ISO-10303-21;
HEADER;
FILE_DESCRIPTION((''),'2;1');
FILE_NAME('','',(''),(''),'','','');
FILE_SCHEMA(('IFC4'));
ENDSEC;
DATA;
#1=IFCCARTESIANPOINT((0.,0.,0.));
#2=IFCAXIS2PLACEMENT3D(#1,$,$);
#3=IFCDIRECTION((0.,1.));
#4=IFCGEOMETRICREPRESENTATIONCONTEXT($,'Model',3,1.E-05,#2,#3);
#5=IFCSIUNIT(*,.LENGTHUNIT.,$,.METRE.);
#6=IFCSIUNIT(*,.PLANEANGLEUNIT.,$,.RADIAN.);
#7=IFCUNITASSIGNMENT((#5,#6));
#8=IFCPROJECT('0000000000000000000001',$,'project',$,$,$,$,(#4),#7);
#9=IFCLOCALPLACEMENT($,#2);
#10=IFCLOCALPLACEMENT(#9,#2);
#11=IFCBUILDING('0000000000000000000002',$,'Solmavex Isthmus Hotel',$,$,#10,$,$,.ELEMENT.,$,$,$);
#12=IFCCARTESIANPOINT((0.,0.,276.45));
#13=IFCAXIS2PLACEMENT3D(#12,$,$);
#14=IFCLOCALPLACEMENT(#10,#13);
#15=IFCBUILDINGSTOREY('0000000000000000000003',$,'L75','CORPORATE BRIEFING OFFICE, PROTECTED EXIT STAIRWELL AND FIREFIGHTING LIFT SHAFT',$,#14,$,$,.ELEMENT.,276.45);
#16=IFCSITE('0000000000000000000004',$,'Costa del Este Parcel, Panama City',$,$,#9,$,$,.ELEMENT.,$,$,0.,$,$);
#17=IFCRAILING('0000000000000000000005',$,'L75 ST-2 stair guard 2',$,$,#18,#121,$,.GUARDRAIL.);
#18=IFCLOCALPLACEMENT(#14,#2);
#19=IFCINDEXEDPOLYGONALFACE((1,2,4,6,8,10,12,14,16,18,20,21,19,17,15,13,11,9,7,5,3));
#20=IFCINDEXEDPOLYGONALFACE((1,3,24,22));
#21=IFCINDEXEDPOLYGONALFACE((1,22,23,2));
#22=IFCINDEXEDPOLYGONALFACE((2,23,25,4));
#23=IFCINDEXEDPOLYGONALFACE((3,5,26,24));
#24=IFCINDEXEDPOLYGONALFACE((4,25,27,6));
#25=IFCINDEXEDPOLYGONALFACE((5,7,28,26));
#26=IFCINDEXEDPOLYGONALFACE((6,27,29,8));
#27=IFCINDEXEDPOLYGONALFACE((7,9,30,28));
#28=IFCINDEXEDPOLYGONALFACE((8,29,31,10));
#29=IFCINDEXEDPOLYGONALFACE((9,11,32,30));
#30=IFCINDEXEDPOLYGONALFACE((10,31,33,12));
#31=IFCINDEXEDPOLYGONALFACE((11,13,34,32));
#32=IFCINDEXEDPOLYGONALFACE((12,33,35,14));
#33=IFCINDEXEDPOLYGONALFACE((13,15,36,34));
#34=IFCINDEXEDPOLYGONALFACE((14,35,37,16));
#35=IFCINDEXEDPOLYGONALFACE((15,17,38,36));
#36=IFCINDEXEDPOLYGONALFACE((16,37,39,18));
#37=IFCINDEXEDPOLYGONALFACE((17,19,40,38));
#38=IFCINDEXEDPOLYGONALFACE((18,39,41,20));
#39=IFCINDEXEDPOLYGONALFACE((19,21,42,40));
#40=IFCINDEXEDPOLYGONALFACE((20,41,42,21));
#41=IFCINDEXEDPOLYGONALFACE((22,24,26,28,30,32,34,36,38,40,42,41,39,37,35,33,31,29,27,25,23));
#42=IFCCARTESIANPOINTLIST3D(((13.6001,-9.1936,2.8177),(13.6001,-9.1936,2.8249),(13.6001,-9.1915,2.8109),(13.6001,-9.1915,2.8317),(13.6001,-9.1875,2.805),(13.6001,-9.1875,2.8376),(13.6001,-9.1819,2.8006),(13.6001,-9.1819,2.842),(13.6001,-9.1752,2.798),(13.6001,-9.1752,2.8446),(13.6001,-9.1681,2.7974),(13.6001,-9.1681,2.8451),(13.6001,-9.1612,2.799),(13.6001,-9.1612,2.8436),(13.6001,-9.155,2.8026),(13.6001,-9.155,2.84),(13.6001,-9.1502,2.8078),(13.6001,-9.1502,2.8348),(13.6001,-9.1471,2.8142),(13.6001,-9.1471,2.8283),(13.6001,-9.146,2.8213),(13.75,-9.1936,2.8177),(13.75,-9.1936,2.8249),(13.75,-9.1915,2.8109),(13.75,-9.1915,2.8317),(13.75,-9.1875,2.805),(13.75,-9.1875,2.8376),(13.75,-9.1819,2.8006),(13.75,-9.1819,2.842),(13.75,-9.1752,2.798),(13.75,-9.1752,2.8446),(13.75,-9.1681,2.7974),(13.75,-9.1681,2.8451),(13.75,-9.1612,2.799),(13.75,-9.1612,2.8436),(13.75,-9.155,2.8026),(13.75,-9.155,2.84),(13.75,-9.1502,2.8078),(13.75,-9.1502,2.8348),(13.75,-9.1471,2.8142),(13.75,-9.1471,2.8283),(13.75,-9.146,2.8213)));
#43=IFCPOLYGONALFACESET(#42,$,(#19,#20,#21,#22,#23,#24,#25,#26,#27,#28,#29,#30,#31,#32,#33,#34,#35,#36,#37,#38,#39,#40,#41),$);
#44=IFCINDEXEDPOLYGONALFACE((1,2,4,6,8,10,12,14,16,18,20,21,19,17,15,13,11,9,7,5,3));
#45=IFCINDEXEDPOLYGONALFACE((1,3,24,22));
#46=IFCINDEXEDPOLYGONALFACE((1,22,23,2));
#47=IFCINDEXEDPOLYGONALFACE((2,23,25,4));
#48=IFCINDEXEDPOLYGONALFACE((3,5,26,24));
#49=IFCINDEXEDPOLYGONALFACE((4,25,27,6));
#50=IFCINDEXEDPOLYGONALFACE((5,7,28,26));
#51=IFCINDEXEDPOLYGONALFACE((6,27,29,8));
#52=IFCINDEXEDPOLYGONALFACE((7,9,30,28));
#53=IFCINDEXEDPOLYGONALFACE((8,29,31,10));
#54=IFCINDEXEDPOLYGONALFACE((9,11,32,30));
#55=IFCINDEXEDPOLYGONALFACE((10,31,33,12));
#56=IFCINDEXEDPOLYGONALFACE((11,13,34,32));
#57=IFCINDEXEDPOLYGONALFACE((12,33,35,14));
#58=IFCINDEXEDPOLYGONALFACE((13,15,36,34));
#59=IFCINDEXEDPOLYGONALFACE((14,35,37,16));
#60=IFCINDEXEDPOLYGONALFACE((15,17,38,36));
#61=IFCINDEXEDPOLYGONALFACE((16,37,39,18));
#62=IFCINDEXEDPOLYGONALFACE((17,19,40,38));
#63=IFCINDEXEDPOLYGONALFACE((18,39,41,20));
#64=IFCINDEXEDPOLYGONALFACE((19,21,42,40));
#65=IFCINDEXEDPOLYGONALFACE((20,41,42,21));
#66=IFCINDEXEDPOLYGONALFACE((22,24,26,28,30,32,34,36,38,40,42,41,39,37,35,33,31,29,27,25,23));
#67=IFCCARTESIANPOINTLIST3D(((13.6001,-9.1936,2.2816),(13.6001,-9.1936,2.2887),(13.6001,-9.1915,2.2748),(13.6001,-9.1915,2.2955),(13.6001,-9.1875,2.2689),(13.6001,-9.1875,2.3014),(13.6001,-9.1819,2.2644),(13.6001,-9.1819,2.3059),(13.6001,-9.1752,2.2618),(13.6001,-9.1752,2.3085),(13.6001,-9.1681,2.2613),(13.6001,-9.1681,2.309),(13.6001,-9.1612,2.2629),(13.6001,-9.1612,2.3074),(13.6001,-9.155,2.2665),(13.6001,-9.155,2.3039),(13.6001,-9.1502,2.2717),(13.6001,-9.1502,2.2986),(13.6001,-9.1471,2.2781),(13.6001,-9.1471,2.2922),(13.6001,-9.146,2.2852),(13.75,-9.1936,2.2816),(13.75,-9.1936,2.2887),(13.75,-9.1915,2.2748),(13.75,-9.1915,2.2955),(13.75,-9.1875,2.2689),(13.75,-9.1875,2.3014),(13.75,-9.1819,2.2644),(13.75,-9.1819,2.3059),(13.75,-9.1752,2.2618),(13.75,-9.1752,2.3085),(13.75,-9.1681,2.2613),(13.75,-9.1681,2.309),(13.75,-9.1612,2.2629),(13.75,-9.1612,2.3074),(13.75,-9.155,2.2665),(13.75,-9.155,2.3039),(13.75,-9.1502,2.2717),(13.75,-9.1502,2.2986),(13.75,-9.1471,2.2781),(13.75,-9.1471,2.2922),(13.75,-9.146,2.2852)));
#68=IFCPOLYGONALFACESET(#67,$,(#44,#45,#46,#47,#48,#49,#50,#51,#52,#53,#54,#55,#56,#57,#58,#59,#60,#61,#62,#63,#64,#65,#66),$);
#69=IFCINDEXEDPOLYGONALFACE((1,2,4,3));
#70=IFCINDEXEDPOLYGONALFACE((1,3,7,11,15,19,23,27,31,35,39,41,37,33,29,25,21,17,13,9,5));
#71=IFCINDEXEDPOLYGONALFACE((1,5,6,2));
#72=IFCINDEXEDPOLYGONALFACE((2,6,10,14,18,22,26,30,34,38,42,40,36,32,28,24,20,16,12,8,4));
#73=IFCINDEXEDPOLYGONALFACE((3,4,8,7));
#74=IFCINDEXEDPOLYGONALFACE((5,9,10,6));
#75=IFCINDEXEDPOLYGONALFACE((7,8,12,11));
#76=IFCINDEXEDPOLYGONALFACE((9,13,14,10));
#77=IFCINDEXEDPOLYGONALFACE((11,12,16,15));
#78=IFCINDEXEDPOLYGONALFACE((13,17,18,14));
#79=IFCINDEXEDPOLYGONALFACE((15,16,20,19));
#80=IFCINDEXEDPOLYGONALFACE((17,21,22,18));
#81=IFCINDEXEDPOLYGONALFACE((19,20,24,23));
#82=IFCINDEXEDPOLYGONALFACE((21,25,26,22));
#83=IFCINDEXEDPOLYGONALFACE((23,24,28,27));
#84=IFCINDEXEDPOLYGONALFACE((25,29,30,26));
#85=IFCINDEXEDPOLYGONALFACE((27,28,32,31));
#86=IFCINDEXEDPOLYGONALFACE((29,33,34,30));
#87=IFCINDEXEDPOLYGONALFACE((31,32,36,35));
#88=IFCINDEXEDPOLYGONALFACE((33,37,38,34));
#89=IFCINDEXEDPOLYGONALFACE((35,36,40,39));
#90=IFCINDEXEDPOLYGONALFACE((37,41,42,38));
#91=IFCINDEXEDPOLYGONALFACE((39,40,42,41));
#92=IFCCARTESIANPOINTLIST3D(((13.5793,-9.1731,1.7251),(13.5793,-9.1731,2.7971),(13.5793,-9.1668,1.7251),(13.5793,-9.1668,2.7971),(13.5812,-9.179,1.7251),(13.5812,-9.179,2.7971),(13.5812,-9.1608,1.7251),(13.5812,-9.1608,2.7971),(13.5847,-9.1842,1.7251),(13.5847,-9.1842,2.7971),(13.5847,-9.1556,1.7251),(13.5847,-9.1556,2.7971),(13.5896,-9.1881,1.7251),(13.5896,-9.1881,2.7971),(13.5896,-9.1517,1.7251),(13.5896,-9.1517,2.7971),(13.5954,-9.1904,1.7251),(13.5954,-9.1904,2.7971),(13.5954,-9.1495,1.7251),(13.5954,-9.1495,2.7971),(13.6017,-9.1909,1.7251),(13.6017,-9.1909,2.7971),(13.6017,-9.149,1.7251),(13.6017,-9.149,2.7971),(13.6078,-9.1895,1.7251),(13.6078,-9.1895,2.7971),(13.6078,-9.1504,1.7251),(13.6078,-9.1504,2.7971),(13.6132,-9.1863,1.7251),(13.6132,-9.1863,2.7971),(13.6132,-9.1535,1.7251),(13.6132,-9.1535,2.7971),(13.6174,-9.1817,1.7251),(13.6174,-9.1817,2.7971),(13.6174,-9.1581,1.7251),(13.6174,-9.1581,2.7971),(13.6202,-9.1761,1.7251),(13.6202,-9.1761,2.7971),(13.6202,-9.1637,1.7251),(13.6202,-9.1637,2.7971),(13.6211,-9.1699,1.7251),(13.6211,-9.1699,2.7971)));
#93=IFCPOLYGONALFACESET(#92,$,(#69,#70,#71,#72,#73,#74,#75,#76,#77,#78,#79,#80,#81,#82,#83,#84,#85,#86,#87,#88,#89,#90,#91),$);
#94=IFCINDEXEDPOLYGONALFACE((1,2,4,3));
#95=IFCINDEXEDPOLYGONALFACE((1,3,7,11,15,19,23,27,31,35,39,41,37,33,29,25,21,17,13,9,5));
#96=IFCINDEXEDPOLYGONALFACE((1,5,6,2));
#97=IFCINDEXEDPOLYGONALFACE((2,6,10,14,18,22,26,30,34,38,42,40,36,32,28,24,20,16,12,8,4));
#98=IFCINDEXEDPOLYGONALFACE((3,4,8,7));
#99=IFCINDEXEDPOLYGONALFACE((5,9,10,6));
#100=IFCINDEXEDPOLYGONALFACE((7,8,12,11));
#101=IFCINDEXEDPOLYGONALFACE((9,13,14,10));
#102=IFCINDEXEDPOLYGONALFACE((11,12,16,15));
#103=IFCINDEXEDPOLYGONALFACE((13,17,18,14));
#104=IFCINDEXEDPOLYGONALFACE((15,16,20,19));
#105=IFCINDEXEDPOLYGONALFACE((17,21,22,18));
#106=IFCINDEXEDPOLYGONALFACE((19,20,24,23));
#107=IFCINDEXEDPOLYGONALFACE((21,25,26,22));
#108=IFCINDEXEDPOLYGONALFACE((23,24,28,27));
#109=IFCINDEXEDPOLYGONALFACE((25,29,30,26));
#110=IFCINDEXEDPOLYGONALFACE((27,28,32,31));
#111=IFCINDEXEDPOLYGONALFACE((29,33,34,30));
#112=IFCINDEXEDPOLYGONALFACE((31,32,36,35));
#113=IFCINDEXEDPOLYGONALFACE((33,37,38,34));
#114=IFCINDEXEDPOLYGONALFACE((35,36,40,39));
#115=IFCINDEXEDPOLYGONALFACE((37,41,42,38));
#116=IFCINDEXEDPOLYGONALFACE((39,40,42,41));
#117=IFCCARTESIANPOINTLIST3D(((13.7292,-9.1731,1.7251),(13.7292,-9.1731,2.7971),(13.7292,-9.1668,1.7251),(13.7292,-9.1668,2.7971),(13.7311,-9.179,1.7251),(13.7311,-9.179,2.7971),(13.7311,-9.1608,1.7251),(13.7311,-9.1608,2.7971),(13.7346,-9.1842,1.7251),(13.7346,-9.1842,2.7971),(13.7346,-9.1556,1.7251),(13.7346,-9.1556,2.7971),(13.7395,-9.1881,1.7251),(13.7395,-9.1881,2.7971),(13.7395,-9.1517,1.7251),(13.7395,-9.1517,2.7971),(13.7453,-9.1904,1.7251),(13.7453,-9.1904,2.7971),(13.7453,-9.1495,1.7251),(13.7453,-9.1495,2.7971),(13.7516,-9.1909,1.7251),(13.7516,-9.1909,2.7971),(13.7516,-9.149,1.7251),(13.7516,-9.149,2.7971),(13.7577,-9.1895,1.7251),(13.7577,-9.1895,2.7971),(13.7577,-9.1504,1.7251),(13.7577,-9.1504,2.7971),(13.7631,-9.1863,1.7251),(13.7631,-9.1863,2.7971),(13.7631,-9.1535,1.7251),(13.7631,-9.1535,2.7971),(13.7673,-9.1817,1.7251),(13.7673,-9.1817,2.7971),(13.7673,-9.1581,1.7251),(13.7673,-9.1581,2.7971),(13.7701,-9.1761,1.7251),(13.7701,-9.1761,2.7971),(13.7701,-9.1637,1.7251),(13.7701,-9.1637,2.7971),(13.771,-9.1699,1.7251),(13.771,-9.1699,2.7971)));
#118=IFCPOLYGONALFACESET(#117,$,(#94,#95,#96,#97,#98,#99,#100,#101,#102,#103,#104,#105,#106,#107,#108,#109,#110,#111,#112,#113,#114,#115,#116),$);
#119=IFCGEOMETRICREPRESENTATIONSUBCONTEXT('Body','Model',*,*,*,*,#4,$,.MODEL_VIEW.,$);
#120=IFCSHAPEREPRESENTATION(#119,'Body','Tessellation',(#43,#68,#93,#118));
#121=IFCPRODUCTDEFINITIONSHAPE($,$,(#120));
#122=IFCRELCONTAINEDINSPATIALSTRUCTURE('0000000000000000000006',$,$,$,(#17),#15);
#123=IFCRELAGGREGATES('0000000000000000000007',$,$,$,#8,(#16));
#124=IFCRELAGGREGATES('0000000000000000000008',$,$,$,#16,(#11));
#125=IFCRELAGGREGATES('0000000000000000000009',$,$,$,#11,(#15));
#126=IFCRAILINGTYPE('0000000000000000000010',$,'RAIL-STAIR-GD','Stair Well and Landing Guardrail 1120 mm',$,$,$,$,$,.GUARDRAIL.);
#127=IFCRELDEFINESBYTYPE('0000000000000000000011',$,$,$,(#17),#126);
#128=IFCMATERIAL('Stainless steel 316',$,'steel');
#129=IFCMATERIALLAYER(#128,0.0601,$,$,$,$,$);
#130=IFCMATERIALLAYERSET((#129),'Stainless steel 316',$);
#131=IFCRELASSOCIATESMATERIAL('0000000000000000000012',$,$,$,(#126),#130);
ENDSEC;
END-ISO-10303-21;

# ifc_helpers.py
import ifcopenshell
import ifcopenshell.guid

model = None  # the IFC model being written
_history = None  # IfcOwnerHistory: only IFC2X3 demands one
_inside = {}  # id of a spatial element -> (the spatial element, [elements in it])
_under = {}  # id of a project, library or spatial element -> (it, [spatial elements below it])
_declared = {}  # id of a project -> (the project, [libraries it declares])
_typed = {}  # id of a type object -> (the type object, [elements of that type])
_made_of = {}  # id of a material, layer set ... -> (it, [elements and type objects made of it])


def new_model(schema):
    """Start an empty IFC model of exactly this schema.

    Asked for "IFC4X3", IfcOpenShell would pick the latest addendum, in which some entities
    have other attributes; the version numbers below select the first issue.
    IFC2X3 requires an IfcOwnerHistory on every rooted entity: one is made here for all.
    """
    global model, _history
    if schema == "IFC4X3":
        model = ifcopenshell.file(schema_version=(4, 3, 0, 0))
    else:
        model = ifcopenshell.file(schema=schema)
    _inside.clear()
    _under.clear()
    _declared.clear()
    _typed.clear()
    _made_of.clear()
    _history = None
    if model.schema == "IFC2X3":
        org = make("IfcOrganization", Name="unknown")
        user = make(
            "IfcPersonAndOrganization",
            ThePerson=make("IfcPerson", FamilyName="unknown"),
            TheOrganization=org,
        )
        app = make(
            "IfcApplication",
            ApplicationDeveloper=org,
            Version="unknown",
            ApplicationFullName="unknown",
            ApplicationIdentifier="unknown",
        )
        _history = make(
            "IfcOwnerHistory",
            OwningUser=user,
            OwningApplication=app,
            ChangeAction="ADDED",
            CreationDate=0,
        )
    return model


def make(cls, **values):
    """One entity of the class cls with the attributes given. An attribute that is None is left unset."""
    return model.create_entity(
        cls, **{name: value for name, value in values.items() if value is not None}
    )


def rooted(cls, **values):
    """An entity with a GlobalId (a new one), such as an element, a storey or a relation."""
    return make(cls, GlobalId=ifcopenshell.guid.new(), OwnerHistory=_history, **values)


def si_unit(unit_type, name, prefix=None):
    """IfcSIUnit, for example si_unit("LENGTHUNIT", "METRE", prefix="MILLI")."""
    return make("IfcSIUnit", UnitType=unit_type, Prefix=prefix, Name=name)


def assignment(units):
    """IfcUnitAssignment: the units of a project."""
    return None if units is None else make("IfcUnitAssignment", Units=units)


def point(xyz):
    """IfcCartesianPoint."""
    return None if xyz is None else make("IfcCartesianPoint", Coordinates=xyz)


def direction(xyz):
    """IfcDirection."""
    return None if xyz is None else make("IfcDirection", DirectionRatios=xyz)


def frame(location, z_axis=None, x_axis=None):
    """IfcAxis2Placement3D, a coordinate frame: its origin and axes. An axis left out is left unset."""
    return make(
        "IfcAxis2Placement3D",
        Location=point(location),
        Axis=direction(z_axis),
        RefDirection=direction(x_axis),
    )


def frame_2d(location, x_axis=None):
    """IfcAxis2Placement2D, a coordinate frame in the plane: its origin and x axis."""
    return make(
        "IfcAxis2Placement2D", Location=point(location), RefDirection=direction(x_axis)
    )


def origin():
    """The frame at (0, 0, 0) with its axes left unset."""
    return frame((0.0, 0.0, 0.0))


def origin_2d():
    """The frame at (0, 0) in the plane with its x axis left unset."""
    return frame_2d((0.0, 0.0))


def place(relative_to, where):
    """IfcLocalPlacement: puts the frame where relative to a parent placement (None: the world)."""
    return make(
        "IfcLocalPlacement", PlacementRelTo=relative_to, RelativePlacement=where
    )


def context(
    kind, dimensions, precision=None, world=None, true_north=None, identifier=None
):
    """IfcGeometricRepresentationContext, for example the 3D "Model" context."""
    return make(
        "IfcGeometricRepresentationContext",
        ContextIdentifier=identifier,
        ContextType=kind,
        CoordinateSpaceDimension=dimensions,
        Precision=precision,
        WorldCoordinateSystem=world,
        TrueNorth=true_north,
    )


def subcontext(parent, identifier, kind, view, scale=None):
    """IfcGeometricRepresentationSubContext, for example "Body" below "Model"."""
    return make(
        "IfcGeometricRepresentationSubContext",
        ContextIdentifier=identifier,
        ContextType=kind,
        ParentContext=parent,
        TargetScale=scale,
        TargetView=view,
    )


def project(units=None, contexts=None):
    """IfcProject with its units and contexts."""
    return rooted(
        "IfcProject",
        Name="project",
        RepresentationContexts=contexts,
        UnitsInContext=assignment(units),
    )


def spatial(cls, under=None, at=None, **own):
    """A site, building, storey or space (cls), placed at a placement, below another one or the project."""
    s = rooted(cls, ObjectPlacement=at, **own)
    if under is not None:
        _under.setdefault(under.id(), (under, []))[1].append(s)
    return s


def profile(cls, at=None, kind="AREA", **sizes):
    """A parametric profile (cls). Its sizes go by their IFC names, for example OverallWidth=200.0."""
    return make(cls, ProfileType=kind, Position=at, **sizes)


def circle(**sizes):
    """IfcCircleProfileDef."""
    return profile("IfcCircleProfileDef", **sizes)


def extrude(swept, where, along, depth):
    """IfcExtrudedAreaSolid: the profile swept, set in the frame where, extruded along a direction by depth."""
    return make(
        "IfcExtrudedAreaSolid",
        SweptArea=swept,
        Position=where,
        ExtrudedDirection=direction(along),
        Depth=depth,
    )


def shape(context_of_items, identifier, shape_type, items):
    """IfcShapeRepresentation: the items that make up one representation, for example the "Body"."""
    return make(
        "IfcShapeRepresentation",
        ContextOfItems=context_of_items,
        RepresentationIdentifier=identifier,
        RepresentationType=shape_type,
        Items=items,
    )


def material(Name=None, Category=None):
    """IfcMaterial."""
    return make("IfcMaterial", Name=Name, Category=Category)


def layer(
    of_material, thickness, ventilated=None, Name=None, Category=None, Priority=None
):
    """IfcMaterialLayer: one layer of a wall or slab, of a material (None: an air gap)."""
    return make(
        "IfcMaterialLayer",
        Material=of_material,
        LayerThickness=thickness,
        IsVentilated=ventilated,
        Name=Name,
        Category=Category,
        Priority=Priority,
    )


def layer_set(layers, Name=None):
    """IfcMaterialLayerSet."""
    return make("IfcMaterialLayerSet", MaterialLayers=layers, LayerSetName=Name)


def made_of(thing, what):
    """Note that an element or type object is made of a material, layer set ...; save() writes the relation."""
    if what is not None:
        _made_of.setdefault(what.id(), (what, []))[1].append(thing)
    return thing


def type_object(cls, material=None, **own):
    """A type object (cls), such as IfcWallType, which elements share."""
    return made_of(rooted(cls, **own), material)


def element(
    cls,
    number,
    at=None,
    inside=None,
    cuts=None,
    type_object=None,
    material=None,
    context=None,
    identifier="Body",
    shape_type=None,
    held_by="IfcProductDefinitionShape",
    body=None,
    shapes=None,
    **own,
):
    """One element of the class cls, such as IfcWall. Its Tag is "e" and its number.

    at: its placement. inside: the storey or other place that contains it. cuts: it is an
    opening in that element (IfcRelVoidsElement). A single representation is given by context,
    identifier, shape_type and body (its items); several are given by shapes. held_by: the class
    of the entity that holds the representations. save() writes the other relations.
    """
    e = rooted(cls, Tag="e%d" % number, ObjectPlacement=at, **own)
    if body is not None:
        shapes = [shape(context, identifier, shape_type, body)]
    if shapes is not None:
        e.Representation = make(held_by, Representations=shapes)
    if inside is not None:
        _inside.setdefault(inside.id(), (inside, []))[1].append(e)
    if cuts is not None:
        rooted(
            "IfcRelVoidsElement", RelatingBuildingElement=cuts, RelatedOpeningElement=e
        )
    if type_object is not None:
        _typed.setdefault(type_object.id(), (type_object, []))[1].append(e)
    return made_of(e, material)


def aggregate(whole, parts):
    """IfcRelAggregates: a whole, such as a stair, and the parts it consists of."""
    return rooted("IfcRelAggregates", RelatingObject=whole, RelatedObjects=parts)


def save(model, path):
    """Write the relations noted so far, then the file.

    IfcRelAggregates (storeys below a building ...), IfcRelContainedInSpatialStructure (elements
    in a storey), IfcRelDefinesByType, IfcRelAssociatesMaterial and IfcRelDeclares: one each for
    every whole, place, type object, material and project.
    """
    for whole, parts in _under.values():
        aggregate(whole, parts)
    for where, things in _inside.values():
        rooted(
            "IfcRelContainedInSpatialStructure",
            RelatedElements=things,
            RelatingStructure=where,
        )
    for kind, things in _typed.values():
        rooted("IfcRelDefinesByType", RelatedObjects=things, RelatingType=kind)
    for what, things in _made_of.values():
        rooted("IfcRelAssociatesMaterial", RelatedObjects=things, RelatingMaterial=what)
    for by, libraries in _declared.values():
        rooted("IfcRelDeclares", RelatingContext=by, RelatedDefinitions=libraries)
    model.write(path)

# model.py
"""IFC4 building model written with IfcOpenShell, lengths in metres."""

from ifc_helpers import new_model, si_unit, direction, frame, origin, origin_2d, place, context, subcontext, project, spatial, circle, extrude, material, layer, layer_set, type_object, element, save


model = new_model("IFC4")

# Units and contexts
model_context = context("Model", 3, precision=1e-05, world=origin(), true_north=direction((0.0, 1.0)))
body_context = subcontext(model_context, "Body", "Model", "MODEL_VIEW")
ifc_project = project(units=[si_unit("LENGTHUNIT", "METRE"), si_unit("PLANEANGLEUNIT", "RADIAN")], contexts=[model_context])

# Site, building, storey
site_placement = place(None, origin())
site = spatial("IfcSite", under=ifc_project, at=site_placement, Name="Costa del Este Parcel, Panama City", CompositionType="ELEMENT", RefElevation=0.0)
building_placement = place(site_placement, origin())
building = spatial("IfcBuilding", under=site, at=building_placement, Name="Solmavex Isthmus Hotel", CompositionType="ELEMENT")
storey_placement = place(building_placement, frame((0.0, 0.0, 276.45)))
storey = spatial("IfcBuildingStorey", under=building, at=storey_placement, Name="L75", Description="CORPORATE BRIEFING OFFICE, PROTECTED EXIT STAIRWELL AND FIREFIGHTING LIFT SHAFT", CompositionType="ELEMENT", Elevation=276.45)

# Shared definitions
ifc_material_1 = material(Name="Stainless steel 316", Category="steel")

# Railing
ifc_layer_1 = layer(ifc_material_1, 0.0601)
ifc_layer_set_1 = layer_set([ifc_layer_1], Name="Stainless steel 316")
railing_type_1 = type_object("IfcRailingType", Name="RAIL-STAIR-GD", Description="Stair Well and Landing Guardrail 1120 mm", PredefinedType="GUARDRAIL", material=ifc_layer_set_1)
railing_1_placement = place(storey_placement, frame((13.6001, -9.1699, 1.7251)))
element("IfcRailing", 1, at=railing_1_placement, inside=storey, type_object=railing_type_1, Name="L75 ST-2 stair guard 2", PredefinedType="GUARDRAIL", context=body_context, shape_type="SweptSolid", body=[
    extrude(circle(Radius=0.0239, at=origin_2d()), frame((0.0, 0.0, 1.0962), z_axis=(1.0, 0.0, 0.0), x_axis=(0.0, 1.0, 0.0)), (0.0, 0.0, 1.0), 0.1499),
    extrude(circle(Radius=0.0239, at=origin_2d()), frame((0.0, 0.0, 0.5601), z_axis=(1.0, 0.0, 0.0), x_axis=(0.0, 1.0, 0.0)), (0.0, 0.0, 1.0), 0.1499),
    extrude(circle(Radius=0.021, at=origin_2d()), origin(), (0.0, 0.0, 1.0), 1.072),
    extrude(circle(Radius=0.021, at=origin_2d()), frame((0.1499, 0.0, 0.0)), (0.0, 0.0, 1.0), 1.072),
])

save(model, "model.ifc")
